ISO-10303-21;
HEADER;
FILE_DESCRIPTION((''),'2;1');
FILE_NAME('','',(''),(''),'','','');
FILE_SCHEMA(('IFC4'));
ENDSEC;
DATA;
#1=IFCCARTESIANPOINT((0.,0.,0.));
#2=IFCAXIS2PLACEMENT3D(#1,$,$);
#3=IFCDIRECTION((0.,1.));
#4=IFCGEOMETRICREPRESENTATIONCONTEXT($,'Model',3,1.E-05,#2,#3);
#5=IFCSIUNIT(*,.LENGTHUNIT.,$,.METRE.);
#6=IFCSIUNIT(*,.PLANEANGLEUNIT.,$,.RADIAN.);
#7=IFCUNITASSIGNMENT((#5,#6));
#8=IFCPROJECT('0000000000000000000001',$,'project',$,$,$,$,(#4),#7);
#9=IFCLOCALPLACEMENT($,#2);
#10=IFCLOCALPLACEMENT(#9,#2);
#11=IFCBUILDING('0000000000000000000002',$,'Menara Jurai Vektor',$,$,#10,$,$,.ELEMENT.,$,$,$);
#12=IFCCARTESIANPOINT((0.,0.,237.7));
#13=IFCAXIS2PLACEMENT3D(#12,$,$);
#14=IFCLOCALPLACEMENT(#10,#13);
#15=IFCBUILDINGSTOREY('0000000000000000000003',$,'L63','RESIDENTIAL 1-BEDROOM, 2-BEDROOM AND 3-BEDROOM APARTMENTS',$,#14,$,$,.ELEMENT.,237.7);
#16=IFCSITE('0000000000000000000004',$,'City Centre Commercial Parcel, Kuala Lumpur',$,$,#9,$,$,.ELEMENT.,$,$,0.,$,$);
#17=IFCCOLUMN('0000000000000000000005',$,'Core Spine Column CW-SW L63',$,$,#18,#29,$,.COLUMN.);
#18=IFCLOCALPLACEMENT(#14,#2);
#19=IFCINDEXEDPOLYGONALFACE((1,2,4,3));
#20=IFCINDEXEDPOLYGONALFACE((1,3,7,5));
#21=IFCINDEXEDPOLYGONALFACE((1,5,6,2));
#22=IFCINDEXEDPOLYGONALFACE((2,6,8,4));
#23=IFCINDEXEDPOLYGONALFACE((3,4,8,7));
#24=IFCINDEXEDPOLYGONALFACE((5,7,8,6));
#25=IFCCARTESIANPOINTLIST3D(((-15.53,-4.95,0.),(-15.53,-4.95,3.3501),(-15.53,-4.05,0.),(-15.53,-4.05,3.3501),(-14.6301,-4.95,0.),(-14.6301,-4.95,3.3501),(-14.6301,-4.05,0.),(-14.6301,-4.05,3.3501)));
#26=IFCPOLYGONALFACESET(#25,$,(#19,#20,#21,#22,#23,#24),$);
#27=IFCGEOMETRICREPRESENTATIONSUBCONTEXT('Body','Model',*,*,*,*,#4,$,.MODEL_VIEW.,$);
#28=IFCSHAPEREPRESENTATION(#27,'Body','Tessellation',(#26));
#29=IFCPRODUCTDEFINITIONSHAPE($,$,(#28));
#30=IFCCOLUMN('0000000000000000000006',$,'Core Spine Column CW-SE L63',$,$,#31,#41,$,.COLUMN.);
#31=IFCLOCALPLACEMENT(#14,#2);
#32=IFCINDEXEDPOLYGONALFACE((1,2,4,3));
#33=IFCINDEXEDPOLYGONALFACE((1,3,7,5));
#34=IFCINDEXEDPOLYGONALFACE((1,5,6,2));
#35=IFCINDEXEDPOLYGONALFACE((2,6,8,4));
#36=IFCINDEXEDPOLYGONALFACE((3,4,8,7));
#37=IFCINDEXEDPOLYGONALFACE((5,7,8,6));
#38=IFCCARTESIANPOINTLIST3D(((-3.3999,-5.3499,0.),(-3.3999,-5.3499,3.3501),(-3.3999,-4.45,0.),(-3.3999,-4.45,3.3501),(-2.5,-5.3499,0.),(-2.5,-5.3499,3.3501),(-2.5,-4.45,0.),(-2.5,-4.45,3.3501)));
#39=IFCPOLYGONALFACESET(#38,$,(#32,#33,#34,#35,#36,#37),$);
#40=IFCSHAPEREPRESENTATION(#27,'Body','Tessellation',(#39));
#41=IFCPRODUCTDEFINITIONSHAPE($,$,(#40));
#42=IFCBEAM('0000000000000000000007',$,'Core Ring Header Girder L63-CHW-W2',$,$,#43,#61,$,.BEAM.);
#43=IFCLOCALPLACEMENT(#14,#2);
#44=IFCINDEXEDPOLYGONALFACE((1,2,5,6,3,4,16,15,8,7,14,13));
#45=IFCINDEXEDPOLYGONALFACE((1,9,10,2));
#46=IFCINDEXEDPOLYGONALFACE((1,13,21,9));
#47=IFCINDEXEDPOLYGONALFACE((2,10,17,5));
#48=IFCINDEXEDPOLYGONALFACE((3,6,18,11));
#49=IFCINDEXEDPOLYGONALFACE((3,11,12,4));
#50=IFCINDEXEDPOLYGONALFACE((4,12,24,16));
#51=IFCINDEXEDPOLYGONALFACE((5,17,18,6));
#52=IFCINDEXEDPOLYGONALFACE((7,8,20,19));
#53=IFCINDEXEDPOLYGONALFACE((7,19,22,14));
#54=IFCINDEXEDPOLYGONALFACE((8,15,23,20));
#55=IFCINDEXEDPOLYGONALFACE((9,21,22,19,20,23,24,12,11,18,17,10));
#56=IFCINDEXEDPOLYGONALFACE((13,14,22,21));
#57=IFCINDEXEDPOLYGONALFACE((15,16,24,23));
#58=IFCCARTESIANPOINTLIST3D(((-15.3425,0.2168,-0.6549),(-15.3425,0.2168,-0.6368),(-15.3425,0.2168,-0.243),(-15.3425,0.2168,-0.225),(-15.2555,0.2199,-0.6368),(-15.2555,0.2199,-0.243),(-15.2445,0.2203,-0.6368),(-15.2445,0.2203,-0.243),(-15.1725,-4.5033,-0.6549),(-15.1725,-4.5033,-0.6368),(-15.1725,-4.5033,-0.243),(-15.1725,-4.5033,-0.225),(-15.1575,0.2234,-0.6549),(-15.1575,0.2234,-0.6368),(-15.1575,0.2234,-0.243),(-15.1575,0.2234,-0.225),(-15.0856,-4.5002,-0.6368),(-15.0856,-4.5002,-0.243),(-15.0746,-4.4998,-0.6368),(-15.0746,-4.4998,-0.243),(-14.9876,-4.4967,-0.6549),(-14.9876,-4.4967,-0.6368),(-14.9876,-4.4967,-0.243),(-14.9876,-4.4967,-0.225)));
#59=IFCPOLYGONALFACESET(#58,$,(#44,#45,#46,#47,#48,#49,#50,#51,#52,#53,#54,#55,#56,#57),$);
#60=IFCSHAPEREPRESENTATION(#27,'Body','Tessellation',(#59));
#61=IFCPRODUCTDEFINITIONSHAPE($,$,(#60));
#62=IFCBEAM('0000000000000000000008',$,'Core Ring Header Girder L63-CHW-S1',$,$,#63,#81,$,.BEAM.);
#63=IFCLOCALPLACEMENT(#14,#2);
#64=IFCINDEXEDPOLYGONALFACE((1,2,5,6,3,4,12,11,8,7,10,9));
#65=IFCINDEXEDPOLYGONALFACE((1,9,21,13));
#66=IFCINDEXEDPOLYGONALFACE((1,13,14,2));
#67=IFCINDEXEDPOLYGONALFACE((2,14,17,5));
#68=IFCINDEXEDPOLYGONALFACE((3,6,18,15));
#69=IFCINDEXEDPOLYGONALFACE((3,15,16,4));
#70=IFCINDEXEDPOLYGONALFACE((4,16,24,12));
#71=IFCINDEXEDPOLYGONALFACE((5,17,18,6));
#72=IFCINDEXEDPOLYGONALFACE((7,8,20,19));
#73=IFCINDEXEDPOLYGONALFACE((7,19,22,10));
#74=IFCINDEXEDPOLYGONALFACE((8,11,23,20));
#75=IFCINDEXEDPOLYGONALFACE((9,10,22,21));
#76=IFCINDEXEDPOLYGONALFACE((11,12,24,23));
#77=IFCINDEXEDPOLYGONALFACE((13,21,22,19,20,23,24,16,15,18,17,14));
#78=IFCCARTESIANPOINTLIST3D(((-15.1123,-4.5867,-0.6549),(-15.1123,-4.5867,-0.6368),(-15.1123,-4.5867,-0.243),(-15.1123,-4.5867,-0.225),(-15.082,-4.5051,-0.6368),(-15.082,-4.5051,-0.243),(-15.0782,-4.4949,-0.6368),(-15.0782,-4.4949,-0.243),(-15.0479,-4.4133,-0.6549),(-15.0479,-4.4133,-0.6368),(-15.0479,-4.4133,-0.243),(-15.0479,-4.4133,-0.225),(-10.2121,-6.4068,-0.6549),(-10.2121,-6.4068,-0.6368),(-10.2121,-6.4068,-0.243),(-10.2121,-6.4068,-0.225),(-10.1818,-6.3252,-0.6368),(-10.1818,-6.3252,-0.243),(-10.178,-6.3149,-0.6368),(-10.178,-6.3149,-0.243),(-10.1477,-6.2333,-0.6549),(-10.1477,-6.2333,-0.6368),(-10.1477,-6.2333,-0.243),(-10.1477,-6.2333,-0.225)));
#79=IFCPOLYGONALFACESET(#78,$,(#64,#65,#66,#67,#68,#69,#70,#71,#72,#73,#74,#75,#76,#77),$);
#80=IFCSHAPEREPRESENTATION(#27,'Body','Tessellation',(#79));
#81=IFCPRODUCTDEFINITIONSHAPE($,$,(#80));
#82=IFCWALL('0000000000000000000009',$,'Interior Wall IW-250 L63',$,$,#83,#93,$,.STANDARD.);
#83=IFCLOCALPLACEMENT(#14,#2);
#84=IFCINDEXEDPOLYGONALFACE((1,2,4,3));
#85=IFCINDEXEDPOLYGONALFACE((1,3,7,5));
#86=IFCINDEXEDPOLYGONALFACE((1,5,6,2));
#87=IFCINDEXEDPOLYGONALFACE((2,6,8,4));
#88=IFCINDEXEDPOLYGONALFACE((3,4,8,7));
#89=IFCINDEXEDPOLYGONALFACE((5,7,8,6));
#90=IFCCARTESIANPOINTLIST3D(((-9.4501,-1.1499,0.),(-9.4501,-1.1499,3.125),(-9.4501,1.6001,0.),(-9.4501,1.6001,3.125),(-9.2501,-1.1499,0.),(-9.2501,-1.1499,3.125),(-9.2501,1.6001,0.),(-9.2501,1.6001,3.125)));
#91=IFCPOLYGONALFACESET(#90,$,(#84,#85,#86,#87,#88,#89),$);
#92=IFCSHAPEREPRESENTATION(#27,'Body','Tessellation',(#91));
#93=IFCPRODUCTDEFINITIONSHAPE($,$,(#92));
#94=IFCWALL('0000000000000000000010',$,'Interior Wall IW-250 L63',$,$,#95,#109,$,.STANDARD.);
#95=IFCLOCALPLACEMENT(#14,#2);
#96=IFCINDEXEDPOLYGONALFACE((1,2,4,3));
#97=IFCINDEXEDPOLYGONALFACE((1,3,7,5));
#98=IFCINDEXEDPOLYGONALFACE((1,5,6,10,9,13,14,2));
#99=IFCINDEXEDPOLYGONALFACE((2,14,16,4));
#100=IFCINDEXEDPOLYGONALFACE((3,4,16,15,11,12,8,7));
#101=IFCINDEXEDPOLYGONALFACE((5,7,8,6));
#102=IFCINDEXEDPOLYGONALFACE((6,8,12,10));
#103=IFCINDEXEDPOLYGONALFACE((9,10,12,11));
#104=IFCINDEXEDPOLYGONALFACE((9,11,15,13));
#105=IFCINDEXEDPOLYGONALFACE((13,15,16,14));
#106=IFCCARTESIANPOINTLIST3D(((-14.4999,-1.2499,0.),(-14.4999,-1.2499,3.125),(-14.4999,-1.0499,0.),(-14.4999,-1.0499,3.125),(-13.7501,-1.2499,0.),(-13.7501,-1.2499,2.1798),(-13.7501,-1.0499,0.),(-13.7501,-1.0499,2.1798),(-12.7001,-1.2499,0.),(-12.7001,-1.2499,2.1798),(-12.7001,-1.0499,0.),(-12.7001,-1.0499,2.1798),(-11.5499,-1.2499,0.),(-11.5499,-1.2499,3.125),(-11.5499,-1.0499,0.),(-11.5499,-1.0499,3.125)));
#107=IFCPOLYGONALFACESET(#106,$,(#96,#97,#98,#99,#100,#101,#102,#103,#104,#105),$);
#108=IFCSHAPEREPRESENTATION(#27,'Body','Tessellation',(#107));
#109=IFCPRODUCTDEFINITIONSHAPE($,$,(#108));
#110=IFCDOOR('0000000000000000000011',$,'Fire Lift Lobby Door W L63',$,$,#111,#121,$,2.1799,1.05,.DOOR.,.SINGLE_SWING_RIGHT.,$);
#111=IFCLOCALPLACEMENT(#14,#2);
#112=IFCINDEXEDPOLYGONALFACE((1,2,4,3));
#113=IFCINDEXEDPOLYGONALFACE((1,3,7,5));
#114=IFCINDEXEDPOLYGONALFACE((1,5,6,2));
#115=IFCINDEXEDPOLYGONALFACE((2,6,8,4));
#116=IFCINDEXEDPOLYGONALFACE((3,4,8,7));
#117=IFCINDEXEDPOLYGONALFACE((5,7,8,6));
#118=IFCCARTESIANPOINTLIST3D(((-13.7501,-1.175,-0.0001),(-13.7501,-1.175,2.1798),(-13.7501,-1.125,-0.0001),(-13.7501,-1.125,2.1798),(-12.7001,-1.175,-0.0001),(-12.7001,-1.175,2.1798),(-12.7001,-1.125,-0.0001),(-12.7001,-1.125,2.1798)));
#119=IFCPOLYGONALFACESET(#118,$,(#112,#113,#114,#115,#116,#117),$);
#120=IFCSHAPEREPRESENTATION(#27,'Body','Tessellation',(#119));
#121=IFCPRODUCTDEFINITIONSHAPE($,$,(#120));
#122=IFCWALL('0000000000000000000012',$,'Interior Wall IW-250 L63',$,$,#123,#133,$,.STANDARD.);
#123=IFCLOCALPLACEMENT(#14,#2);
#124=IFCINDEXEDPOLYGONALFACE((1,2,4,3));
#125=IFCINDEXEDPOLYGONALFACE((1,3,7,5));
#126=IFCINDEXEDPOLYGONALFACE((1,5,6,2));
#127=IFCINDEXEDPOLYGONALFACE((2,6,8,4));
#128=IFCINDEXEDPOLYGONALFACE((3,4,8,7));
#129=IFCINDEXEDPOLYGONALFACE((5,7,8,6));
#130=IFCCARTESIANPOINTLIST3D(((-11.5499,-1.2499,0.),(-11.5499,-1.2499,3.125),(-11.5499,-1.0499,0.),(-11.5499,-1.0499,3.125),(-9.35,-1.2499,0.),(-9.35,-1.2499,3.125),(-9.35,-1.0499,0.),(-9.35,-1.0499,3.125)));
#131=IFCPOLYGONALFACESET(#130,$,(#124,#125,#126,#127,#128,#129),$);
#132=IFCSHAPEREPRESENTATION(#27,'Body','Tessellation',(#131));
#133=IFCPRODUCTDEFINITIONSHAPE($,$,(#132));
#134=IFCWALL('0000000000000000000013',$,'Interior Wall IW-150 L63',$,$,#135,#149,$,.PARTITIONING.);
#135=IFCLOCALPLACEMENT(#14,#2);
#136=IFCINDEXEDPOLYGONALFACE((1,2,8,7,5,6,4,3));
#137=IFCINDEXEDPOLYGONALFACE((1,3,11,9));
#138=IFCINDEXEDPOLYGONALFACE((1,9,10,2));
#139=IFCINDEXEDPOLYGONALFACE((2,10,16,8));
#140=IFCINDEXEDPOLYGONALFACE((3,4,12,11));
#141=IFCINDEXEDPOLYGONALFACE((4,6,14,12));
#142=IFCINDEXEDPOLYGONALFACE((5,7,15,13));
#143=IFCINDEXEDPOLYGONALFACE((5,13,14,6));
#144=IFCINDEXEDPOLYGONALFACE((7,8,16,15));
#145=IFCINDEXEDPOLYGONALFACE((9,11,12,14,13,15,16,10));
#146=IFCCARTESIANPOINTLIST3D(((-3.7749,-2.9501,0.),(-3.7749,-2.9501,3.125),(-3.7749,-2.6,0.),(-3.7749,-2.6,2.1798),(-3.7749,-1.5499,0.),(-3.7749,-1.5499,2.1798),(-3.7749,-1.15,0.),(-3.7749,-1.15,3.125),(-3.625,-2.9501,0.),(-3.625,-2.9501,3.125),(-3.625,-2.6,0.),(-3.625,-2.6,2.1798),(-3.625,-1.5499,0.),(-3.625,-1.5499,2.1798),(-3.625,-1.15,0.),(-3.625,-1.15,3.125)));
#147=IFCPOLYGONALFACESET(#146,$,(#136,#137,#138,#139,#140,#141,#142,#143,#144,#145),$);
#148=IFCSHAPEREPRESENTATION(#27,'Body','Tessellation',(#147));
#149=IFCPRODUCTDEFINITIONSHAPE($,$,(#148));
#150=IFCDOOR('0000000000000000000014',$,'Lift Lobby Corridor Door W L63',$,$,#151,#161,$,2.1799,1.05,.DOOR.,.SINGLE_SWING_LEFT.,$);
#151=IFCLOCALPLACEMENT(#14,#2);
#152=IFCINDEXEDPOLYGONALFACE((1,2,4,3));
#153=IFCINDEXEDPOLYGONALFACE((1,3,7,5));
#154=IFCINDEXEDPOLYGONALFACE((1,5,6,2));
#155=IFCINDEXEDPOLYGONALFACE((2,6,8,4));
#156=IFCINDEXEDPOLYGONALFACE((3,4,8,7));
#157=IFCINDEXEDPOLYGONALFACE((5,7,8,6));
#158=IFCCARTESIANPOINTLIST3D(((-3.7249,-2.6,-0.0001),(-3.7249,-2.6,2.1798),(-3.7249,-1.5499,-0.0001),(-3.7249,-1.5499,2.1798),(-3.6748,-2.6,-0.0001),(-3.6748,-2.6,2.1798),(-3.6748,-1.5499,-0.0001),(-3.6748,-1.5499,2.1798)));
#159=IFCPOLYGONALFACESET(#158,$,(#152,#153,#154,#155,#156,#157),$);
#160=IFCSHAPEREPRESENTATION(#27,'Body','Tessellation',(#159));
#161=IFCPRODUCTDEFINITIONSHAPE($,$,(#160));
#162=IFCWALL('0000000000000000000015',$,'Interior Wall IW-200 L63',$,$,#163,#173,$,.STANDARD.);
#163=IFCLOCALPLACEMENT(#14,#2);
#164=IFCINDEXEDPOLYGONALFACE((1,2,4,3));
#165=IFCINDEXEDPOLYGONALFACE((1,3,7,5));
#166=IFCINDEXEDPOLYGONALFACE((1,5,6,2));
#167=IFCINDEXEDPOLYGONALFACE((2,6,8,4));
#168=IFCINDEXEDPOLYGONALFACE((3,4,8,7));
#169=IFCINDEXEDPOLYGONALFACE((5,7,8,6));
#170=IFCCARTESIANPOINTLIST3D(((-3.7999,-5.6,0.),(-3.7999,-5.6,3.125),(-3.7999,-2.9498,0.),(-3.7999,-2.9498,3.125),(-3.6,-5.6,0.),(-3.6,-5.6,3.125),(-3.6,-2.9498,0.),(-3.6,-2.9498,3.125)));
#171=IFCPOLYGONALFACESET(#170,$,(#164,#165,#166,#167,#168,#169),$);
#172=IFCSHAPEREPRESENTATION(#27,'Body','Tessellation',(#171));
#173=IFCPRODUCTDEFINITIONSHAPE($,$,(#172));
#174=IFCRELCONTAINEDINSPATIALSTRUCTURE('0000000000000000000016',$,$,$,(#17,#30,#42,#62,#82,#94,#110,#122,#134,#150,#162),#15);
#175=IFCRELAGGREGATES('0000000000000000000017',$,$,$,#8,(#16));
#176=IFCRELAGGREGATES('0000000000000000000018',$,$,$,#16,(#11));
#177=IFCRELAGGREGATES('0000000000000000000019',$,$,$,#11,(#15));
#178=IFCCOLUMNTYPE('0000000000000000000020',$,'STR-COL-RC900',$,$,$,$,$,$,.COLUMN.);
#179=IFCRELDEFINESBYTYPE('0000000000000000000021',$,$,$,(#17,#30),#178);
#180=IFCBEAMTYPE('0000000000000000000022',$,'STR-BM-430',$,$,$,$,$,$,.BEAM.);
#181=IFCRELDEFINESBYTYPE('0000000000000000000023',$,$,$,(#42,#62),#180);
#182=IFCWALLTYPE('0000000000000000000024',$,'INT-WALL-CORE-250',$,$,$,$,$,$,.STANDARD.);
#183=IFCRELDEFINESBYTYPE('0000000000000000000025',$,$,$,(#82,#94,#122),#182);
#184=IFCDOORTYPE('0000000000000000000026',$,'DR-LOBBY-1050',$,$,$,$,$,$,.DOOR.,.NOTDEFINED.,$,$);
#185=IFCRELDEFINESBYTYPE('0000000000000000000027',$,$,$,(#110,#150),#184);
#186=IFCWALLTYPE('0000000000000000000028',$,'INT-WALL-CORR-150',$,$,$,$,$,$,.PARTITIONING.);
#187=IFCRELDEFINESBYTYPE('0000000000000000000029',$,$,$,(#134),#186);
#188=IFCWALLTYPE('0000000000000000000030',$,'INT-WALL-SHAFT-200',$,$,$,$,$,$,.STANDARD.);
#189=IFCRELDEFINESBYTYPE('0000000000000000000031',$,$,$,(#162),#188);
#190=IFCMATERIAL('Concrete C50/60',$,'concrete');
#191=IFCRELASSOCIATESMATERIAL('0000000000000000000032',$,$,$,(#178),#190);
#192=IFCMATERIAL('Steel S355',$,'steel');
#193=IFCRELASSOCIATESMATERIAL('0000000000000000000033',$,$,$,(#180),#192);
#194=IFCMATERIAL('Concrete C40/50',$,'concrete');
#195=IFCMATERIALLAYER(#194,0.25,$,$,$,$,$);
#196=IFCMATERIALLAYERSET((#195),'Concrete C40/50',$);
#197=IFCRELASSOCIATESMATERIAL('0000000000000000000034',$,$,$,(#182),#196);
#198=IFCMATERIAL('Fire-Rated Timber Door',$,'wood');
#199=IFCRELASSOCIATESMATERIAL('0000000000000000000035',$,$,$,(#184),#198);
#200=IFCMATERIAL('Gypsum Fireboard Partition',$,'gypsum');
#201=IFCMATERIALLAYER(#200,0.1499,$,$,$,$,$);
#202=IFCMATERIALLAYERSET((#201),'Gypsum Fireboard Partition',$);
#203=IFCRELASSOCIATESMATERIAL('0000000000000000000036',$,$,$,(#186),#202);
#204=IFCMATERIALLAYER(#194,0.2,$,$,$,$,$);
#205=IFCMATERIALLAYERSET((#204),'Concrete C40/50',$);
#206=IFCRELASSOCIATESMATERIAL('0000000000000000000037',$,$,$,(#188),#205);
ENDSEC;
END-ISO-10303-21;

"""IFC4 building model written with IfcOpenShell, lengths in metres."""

from ifc_helpers import new_model, si_unit, direction, frame, frame_2d, origin, origin_2d, place, context, subcontext, project, spatial, rectangle, i_section, extrude, material, layer, layer_set, material_profile, profile_set, type_object, element, fill, save


model = new_model("IFC4")

# Units and contexts
model_context = context("Model", 3, precision=1e-05, world=origin(), true_north=direction((0.0, 1.0)))
body_context = subcontext(model_context, "Body", "Model", "MODEL_VIEW")
ifc_project = project(units=[si_unit("LENGTHUNIT", "METRE"), si_unit("PLANEANGLEUNIT", "RADIAN")], contexts=[model_context])

# Site, building, storey
site_placement = place(None, origin())
site = spatial("IfcSite", under=ifc_project, at=site_placement, Name="City Centre Commercial Parcel, Kuala Lumpur", CompositionType="ELEMENT", RefElevation=0.0)
building_placement = place(site_placement, origin())
building = spatial("IfcBuilding", under=site, at=building_placement, Name="Menara Jurai Vektor", CompositionType="ELEMENT")
storey_placement = place(building_placement, frame((0.0, 0.0, 237.7)))
storey = spatial("IfcBuildingStorey", under=building, at=storey_placement, Name="L63", Description="RESIDENTIAL 1-BEDROOM, 2-BEDROOM AND 3-BEDROOM APARTMENTS", CompositionType="ELEMENT", Elevation=237.7)

# Columns
ifc_material_1 = material(Name="Concrete C50/60", Category="concrete")
ifc_material_profile_1 = material_profile(ifc_material_1, rectangle(XDim=0.8999, YDim=0.8999, at=origin_2d()), Name="RC 900x900")
ifc_profile_set_1 = profile_set([ifc_material_profile_1], Name="Concrete C50/60")
column_type = type_object("IfcColumnType", Name="STR-COL-RC900", PredefinedType="COLUMN", material=ifc_profile_set_1)
for number, where, z_axis, x_axis, name in (
    (1, (-15.0801, -4.5, 0.0), (0.0, 0.0, 1.0), (1.0, 0.0, 0.0), "Core Spine Column CW-SW L63"),
    (2, (-2.95, -4.8999, 0.0), (0.0, 0.0, 1.0), (1.0, 0.0, 0.0), "Core Spine Column CW-SE L63"),
):
    element("IfcColumn", number, at=place(storey_placement, frame(where, z_axis=z_axis, x_axis=x_axis)), inside=storey, type_object=column_type, Name=name, PredefinedType="COLUMN", context=body_context, shape_type="SweptSolid", body=[
        extrude(rectangle(XDim=0.8999, YDim=0.8999, at=origin_2d()), origin(), (0.0, 0.0, 1.0), 3.3501),
    ])

# Beams
ifc_material_2 = material(Name="Steel S355", Category="steel")
ifc_material_profile_2 = material_profile(ifc_material_2, i_section(OverallWidth=0.1851, OverallDepth=0.4299, WebThickness=0.011, FlangeThickness=0.0181, at=origin_2d()), Name="PG 430x185x76")
ifc_profile_set_2 = profile_set([ifc_material_profile_2], Name="Steel S355")
beam_type = type_object("IfcBeamType", Name="STR-BM-430", PredefinedType="BEAM", material=ifc_profile_set_2)
beam_1_placement = place(storey_placement, frame((-15.0801, -4.5, -0.4399), z_axis=(-0.035977, 0.999353, 0.0), x_axis=(-0.999353, -0.035977, 0.0)))
element("IfcBeam", 3, at=beam_1_placement, inside=storey, type_object=beam_type, Name="Core Ring Header Girder L63-CHW-W2", PredefinedType="BEAM", context=body_context, shape_type="SweptSolid", body=[
    extrude(i_section(OverallWidth=0.1851, OverallDepth=0.4299, WebThickness=0.011, FlangeThickness=0.0181, at=origin_2d()), origin(), (0.0, 0.0, 1.0), 4.7231),
])
beam_2_placement = place(storey_placement, frame((-15.0801, -4.5, -0.4399), z_axis=(0.937424, -0.348189, 0.0), x_axis=(0.348189, 0.937424, 0.0)))
element("IfcBeam", 4, at=beam_2_placement, inside=storey, type_object=beam_type, Name="Core Ring Header Girder L63-CHW-S1", PredefinedType="BEAM", context=body_context, shape_type="SweptSolid", body=[
    extrude(i_section(OverallWidth=0.1851, OverallDepth=0.4299, WebThickness=0.011, FlangeThickness=0.0181, at=origin_2d()), origin(), (0.0, 0.0, 1.0), 5.2273),
])

# Shared definitions
ifc_material_3 = material(Name="Concrete C40/50", Category="concrete")
ifc_layer_1 = layer(ifc_material_3, 0.25)
ifc_layer_set_1 = layer_set([ifc_layer_1], Name="Concrete C40/50")
wall_type_1 = type_object("IfcWallType", Name="INT-WALL-CORE-250", PredefinedType="STANDARD", material=ifc_layer_set_1)

# Wall
wall_1_placement = place(storey_placement, frame((-9.3501, -1.1499, 0.0), z_axis=(0.0, 0.0, 1.0), x_axis=(0.0, 1.0, 0.0)))
element("IfcWall", 5, at=wall_1_placement, inside=storey, type_object=wall_type_1, Name="Interior Wall IW-250 L63", PredefinedType="STANDARD", context=body_context, shape_type="SweptSolid", body=[
    extrude(rectangle(XDim=2.75, YDim=0.2, at=frame_2d((1.375, 0.0))), origin(), (0.0, 0.0, 1.0), 3.125),
])

# Wall, opening, door
wall_2_placement = place(storey_placement, frame((-14.5, -1.1499, 0.0), z_axis=(0.0, 0.0, 1.0), x_axis=(1.0, 0.0, 0.0)))
wall_2 = element("IfcWall", 6, at=wall_2_placement, inside=storey, type_object=wall_type_1, Name="Interior Wall IW-250 L63", PredefinedType="STANDARD", context=body_context, shape_type="SweptSolid", body=[
    extrude(rectangle(XDim=2.95, YDim=0.2, at=frame_2d((1.4751, 0.0))), origin(), (0.0, 0.0, 1.0), 3.125),
])
opening_1_placement = place(wall_2_placement, frame((0.75, 0.0, 0.0)))
opening_1 = element("IfcOpeningElement", 7, at=opening_1_placement, cuts=wall_2, PredefinedType="OPENING", context=body_context, shape_type="SweptSolid", body=[
    extrude(rectangle(XDim=1.05, YDim=2.1799, at=frame_2d((0.5249, 1.0898))), frame((0.0, 0.1099, 0.0), z_axis=(0.0, -1.0, 0.0), x_axis=(1.0, 0.0, 0.0)), (0.0, 0.0, 1.0), 0.22),
])
ifc_material_4 = material(Name="Fire-Rated Timber Door", Category="wood")
door_type_1 = type_object("IfcDoorType", Name="DR-LOBBY-1050", OperationType="NOTDEFINED", PredefinedType="DOOR", material=ifc_material_4)
door_1_placement = place(opening_1_placement, origin())
door_1 = element("IfcDoor", 8, at=door_1_placement, inside=storey, type_object=door_type_1, Name="Fire Lift Lobby Door W L63", OperationType="SINGLE_SWING_RIGHT", OverallHeight=2.1799, OverallWidth=1.05, PredefinedType="DOOR", context=body_context, shape_type="SweptSolid", body=[
    extrude(rectangle(XDim=1.05, YDim=2.1799, at=frame_2d((0.5249, 1.0898))), frame((0.0, 0.0249, 0.0), z_axis=(0.0, -1.0, 0.0), x_axis=(1.0, 0.0, 0.0)), (0.0, 0.0, 1.0), 0.05),
])
fill(opening_1, door_1)

# Wall
wall_3_placement = place(storey_placement, frame((-11.55, -1.1499, 0.0), z_axis=(0.0, 0.0, 1.0), x_axis=(1.0, 0.0, 0.0)))
element("IfcWall", 9, at=wall_3_placement, inside=storey, type_object=wall_type_1, Name="Interior Wall IW-250 L63", PredefinedType="STANDARD", context=body_context, shape_type="SweptSolid", body=[
    extrude(rectangle(XDim=2.2, YDim=0.2, at=frame_2d((1.1001, 0.0))), origin(), (0.0, 0.0, 1.0), 3.125),
])

# Wall, opening, door
ifc_material_5 = material(Name="Gypsum Fireboard Partition", Category="gypsum")
ifc_layer_2 = layer(ifc_material_5, 0.1499)
ifc_layer_set_2 = layer_set([ifc_layer_2], Name="Gypsum Fireboard Partition")
wall_type_2 = type_object("IfcWallType", Name="INT-WALL-CORR-150", PredefinedType="PARTITIONING", material=ifc_layer_set_2)
wall_4_placement = place(storey_placement, frame((-3.7, -2.95, 0.0), z_axis=(0.0, 0.0, 1.0), x_axis=(0.0, 1.0, 0.0)))
wall_4 = element("IfcWall", 10, at=wall_4_placement, inside=storey, type_object=wall_type_2, Name="Interior Wall IW-150 L63", PredefinedType="PARTITIONING", context=body_context, shape_type="SweptSolid", body=[
    extrude(rectangle(XDim=1.8, YDim=0.1499, at=frame_2d((0.8999, 0.0))), origin(), (0.0, 0.0, 1.0), 3.125),
])
opening_2_placement = place(wall_4_placement, frame((0.3501, 0.0, 0.0)))
opening_2 = element("IfcOpeningElement", 11, at=opening_2_placement, cuts=wall_4, PredefinedType="OPENING", context=body_context, shape_type="SweptSolid", body=[
    extrude(rectangle(XDim=1.05, YDim=2.1799, at=frame_2d((0.5249, 1.0898))), frame((0.0, 0.085, 0.0), z_axis=(0.0, -1.0, 0.0), x_axis=(1.0, 0.0, 0.0)), (0.0, 0.0, 1.0), 0.1699),
])
door_2_placement = place(opening_2_placement, origin())
door_2 = element("IfcDoor", 12, at=door_2_placement, inside=storey, type_object=door_type_1, Name="Lift Lobby Corridor Door W L63", OperationType="SINGLE_SWING_LEFT", OverallHeight=2.1799, OverallWidth=1.05, PredefinedType="DOOR", context=body_context, shape_type="SweptSolid", body=[
    extrude(rectangle(XDim=1.05, YDim=2.1799, at=frame_2d((0.5249, 1.0898))), frame((0.0, 0.0249, 0.0), z_axis=(0.0, -1.0, 0.0), x_axis=(1.0, 0.0, 0.0)), (0.0, 0.0, 1.0), 0.05),
])
fill(opening_2, door_2)

# Wall
ifc_layer_3 = layer(ifc_material_3, 0.2)
ifc_layer_set_3 = layer_set([ifc_layer_3], Name="Concrete C40/50")
wall_type_3 = type_object("IfcWallType", Name="INT-WALL-SHAFT-200", PredefinedType="STANDARD", material=ifc_layer_set_3)
wall_5_placement = place(storey_placement, frame((-3.7, -5.6001, 0.0), z_axis=(0.0, 0.0, 1.0), x_axis=(0.0, 1.0, 0.0)))
element("IfcWall", 13, at=wall_5_placement, inside=storey, type_object=wall_type_3, Name="Interior Wall IW-200 L63", PredefinedType="STANDARD", context=body_context, shape_type="SweptSolid", body=[
    extrude(rectangle(XDim=2.6501, YDim=0.2, at=frame_2d((1.3252, 0.0))), origin(), (0.0, 0.0, 1.0), 3.125),
])

save(model, "model.ifc")
